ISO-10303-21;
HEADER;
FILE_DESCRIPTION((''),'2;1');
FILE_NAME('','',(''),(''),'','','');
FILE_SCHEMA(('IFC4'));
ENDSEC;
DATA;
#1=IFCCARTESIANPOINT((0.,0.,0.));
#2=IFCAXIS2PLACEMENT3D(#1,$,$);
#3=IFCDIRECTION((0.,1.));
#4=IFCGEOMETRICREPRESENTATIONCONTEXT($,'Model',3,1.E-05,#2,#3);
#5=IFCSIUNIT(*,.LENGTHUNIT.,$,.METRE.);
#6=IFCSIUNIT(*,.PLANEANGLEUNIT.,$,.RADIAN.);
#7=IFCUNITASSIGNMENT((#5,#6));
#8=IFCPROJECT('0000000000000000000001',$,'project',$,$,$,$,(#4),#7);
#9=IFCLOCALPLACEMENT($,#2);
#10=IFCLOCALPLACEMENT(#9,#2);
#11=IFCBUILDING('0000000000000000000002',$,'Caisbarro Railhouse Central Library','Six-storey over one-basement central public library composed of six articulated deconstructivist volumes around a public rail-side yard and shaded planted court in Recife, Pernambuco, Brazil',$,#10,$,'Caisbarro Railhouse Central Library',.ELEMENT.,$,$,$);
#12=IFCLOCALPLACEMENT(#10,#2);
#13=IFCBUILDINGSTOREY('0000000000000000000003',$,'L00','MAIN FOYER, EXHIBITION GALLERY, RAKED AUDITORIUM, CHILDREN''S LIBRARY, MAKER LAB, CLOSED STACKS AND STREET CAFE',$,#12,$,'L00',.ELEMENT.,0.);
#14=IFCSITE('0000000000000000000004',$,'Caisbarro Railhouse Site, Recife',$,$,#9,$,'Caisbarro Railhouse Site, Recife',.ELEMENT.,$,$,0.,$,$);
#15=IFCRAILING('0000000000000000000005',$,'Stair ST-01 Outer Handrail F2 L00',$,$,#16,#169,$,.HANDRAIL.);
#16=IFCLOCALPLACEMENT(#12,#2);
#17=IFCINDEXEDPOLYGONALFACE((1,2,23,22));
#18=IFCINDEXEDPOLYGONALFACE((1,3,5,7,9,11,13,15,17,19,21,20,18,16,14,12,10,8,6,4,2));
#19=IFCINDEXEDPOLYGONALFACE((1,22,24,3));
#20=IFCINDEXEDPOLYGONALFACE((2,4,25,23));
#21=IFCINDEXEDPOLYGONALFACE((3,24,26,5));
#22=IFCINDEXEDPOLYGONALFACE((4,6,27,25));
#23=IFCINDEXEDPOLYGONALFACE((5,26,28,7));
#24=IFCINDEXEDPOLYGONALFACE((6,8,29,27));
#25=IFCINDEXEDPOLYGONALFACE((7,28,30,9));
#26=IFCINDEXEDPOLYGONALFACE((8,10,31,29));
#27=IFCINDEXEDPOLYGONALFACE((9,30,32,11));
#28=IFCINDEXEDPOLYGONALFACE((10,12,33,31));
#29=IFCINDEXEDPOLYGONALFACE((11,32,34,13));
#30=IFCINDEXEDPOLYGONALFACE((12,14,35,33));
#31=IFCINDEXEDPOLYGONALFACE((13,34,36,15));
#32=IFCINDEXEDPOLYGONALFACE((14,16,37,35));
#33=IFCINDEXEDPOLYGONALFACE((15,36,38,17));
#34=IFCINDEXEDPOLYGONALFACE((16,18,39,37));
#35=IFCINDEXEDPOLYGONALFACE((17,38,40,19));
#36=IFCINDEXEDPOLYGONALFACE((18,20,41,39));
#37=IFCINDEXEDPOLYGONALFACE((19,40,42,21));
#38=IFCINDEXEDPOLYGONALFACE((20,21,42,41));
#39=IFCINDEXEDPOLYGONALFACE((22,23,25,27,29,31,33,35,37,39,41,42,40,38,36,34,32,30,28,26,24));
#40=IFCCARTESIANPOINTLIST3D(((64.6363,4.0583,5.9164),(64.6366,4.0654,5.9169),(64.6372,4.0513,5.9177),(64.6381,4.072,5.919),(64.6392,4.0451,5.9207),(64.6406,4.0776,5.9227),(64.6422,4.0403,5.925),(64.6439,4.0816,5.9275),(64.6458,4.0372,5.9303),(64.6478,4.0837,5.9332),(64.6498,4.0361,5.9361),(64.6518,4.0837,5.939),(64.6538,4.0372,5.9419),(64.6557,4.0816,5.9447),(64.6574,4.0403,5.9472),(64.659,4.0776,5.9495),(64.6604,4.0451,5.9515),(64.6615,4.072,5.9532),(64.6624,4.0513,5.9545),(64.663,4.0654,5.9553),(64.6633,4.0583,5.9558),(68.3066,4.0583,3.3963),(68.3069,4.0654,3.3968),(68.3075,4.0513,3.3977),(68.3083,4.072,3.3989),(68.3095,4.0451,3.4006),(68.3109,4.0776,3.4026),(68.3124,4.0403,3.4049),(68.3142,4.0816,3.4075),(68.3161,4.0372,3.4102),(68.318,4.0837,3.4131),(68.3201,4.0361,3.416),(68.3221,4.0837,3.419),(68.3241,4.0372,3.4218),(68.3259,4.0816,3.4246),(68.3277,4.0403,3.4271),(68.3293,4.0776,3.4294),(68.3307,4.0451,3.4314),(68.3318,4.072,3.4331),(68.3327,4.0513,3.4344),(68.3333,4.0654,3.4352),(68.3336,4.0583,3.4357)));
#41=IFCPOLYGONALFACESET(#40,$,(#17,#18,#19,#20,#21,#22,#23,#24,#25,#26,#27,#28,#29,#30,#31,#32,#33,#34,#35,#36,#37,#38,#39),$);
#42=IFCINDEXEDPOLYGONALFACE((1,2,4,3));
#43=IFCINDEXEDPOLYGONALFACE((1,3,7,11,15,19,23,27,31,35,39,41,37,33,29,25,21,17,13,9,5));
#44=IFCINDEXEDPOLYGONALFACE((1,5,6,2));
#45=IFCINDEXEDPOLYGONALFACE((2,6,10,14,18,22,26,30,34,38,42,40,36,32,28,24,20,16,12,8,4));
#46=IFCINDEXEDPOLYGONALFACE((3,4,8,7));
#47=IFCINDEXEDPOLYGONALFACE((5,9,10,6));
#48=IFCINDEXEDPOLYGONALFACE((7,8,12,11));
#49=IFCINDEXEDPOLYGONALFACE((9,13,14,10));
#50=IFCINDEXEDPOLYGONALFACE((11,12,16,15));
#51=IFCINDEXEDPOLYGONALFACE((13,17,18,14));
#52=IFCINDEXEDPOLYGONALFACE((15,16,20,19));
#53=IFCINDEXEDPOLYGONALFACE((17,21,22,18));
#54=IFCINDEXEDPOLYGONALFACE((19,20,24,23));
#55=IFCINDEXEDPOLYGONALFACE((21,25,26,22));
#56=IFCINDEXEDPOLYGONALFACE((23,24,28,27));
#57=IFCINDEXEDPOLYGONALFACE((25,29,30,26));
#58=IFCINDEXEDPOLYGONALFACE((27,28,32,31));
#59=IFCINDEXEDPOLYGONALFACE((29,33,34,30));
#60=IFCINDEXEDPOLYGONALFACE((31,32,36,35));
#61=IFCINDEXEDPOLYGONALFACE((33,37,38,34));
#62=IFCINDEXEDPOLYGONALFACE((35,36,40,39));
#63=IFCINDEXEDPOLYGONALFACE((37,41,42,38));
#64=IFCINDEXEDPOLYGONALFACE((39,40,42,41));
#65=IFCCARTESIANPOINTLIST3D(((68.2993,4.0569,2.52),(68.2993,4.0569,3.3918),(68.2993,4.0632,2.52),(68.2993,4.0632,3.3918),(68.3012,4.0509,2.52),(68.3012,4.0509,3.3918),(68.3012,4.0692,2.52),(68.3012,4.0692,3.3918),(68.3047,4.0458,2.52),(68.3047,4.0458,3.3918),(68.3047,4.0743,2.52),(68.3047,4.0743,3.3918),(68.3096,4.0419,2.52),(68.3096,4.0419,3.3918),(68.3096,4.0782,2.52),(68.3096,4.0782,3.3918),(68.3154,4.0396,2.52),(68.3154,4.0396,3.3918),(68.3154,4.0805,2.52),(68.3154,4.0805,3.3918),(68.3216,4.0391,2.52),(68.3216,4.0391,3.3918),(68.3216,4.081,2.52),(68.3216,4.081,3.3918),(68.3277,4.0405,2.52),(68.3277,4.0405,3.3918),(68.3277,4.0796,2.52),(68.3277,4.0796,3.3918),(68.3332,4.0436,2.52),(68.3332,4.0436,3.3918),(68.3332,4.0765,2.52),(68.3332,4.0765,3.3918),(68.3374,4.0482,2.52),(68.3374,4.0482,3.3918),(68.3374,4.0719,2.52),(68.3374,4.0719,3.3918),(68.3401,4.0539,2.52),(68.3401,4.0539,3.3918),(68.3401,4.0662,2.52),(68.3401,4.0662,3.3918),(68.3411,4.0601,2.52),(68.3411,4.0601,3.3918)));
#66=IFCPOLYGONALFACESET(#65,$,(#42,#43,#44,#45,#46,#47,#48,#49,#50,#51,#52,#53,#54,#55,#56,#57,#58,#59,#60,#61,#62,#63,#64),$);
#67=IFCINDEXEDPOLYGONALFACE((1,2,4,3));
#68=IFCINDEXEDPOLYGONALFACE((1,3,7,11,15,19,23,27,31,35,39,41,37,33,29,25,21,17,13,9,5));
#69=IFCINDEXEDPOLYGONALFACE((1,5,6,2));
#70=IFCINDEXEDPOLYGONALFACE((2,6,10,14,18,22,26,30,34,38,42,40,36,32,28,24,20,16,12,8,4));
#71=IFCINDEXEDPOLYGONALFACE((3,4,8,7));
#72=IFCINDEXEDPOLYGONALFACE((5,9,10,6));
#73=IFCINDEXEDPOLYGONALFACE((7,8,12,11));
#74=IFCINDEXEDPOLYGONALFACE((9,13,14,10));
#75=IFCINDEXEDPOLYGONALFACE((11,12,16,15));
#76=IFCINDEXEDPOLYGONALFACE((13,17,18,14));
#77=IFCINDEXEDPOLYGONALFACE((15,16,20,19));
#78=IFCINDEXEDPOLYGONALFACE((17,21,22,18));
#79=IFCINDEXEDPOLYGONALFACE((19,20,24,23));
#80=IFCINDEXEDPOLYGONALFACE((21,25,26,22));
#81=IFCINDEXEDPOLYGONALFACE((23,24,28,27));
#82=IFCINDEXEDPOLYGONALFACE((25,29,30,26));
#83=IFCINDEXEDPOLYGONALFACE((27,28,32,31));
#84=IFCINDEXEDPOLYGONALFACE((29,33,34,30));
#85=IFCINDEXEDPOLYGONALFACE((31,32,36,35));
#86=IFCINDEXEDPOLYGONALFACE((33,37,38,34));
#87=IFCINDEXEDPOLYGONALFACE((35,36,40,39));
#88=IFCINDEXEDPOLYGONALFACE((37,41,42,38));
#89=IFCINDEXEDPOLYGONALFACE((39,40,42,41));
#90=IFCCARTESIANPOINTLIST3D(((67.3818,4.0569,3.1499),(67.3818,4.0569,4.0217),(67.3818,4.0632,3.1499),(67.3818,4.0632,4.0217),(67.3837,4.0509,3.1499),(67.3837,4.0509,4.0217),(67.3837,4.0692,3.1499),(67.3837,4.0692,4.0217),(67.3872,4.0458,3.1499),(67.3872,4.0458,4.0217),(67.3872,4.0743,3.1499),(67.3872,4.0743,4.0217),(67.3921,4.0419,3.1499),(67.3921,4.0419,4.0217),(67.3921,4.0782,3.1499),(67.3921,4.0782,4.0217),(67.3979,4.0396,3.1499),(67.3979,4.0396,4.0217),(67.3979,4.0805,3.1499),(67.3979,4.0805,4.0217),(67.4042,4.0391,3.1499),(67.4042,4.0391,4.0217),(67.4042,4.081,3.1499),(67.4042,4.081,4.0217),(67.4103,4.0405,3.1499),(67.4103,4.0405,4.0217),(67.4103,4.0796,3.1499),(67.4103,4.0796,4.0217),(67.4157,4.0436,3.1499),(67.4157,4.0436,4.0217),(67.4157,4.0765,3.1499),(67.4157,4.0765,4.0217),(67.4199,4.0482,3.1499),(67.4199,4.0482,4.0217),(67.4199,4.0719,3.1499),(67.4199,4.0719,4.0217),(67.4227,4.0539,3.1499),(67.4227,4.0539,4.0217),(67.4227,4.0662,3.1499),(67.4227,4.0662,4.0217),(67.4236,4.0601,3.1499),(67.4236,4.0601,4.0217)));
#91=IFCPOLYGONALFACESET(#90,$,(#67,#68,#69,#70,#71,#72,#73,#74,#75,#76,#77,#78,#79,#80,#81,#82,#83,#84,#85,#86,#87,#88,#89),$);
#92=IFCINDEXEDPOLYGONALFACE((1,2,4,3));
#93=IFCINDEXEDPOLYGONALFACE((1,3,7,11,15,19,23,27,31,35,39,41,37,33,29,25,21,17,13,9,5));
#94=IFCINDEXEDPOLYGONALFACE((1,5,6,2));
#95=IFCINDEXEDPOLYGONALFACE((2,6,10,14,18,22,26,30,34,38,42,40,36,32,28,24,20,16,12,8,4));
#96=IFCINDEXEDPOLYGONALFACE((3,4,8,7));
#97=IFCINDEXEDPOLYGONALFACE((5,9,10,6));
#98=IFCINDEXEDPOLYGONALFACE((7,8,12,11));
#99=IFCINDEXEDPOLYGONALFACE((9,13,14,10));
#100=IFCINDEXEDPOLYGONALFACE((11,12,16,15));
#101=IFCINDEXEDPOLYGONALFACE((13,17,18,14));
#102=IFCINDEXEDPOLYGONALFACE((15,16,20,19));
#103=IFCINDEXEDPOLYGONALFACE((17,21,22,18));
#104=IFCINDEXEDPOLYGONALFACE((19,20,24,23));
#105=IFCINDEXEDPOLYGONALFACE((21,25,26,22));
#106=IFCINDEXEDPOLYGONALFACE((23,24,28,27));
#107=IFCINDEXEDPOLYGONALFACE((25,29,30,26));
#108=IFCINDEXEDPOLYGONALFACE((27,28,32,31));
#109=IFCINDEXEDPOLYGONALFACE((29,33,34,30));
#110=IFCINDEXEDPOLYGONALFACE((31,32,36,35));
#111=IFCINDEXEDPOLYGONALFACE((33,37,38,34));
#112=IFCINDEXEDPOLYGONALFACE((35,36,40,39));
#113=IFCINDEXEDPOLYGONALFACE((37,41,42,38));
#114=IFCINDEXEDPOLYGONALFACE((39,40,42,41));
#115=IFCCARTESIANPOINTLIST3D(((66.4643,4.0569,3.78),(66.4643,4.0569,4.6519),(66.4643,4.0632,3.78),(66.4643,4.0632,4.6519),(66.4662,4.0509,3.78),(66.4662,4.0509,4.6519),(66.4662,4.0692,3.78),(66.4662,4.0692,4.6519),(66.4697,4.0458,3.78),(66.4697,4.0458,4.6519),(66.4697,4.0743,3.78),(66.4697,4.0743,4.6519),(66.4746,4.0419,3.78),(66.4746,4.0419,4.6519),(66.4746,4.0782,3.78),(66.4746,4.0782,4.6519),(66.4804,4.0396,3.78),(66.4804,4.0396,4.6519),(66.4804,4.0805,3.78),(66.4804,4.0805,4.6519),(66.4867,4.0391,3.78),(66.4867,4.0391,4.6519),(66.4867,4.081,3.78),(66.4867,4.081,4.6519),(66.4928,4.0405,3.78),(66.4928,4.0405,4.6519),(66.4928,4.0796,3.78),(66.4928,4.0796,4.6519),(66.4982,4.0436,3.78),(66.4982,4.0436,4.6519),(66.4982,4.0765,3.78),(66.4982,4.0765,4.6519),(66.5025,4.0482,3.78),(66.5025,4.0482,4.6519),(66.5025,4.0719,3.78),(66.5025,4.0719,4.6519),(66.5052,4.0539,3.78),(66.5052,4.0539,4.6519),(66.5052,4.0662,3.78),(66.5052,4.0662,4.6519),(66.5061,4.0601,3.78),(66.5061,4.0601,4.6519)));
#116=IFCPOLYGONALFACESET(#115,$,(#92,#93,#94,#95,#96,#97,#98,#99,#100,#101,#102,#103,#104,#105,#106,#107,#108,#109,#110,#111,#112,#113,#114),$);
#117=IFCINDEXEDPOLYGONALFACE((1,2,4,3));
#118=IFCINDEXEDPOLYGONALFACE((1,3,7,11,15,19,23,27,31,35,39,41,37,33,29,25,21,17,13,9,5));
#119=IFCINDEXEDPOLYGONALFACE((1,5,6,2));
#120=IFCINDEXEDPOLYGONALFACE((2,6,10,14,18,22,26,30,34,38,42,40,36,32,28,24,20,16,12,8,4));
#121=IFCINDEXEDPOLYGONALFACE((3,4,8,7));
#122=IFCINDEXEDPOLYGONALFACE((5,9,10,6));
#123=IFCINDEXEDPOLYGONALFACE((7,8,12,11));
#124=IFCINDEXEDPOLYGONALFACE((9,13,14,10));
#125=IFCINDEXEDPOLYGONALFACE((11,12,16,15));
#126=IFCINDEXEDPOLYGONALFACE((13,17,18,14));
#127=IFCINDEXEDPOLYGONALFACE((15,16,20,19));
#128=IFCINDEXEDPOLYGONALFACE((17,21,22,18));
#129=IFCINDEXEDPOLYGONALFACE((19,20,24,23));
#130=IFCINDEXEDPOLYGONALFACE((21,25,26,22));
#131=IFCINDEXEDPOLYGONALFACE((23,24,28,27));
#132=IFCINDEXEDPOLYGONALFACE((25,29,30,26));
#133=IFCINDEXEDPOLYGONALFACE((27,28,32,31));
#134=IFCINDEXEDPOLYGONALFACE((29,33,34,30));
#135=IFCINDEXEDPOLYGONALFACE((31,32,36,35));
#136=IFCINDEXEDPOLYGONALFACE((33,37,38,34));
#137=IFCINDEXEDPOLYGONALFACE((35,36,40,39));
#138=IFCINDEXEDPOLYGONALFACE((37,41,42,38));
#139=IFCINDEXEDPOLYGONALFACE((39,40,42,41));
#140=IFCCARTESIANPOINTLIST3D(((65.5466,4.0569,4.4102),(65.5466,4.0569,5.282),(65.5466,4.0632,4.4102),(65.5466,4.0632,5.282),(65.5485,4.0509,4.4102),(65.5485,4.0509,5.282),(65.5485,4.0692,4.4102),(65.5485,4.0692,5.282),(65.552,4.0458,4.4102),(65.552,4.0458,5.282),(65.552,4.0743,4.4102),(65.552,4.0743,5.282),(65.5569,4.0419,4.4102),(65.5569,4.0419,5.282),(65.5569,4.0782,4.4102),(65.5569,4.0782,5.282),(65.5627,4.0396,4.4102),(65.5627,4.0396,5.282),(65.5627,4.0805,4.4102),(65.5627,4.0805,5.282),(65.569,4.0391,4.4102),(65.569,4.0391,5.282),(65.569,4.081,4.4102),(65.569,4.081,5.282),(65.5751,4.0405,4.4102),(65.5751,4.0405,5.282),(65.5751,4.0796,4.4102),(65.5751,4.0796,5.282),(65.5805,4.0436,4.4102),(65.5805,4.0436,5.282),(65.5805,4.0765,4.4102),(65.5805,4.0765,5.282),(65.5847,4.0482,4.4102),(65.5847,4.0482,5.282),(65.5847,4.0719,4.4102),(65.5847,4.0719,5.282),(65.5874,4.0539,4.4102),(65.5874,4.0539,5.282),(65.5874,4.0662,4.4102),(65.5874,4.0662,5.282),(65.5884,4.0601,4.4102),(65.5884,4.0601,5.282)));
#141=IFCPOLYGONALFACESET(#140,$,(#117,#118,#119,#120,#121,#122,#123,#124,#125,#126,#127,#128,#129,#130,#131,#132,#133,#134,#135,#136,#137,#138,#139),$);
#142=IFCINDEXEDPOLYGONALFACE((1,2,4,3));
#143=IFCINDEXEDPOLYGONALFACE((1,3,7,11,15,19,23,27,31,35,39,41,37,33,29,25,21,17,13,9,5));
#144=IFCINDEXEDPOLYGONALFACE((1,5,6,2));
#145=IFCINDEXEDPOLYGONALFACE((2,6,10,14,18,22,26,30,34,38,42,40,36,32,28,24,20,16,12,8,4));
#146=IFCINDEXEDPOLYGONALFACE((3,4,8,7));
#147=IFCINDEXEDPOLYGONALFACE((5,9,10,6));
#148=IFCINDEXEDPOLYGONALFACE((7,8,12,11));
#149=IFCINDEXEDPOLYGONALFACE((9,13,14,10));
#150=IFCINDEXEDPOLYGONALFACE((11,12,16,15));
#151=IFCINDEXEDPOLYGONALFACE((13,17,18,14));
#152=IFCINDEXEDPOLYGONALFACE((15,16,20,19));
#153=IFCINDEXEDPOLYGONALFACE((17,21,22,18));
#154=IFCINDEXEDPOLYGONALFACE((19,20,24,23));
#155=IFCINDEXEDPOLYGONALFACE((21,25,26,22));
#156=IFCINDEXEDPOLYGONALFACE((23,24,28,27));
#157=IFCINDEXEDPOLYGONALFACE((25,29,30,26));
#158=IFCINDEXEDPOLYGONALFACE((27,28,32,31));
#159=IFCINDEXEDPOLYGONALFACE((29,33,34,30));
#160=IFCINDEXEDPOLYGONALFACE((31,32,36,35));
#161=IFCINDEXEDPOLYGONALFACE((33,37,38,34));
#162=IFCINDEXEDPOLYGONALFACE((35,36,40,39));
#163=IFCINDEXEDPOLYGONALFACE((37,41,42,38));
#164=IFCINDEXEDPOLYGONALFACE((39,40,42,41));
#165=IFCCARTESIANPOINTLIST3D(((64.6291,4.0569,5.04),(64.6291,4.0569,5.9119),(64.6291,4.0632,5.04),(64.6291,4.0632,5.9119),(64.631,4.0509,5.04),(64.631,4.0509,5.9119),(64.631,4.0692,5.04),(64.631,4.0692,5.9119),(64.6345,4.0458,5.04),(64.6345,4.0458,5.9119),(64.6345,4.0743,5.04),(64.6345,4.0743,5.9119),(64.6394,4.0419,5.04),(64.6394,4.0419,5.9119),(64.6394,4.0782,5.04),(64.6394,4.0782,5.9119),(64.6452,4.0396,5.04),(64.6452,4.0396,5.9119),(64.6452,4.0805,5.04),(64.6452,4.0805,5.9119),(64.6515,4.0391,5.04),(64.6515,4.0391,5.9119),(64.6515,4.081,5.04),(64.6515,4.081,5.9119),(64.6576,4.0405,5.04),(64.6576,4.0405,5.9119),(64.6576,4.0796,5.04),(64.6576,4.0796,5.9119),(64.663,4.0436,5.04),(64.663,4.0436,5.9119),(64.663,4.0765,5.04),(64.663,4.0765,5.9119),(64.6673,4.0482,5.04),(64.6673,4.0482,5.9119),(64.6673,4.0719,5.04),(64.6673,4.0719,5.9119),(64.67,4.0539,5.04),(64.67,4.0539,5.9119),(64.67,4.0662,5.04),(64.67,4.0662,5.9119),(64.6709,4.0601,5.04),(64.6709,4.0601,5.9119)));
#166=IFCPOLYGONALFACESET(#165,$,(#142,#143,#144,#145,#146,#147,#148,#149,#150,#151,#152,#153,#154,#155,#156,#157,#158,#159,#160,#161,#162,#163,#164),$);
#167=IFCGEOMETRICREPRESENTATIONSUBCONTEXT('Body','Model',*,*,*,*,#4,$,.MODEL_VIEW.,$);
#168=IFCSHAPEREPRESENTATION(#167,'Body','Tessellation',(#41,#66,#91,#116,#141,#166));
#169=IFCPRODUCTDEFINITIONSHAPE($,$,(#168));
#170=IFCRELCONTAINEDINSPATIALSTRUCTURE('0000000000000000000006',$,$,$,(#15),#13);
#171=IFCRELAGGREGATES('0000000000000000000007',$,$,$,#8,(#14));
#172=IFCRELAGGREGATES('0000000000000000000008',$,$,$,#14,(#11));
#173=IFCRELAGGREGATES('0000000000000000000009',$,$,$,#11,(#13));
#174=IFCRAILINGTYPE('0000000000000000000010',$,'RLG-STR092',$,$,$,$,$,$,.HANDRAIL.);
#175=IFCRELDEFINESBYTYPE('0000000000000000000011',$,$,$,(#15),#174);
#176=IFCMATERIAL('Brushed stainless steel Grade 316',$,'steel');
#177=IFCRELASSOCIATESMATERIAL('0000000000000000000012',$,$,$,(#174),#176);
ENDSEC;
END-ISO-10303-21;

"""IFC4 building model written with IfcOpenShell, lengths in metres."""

from ifc_helpers import new_model, si_unit, direction, frame, origin, origin_2d, place, context, subcontext, project, spatial, circle, extrude, material, type_object, element, save


model = new_model("IFC4")

# Units and contexts
model_context = context("Model", 3, precision=1e-05, world=origin(), true_north=direction((0.0, 1.0)))
body_context = subcontext(model_context, "Body", "Model", "MODEL_VIEW")
ifc_project = project(units=[si_unit("LENGTHUNIT", "METRE"), si_unit("PLANEANGLEUNIT", "RADIAN")], contexts=[model_context])

# Site, building, storey
site_placement = place(None, origin())
site = spatial("IfcSite", under=ifc_project, at=site_placement, Name="Caisbarro Railhouse Site, Recife", LongName="Caisbarro Railhouse Site, Recife", CompositionType="ELEMENT", RefElevation=0.0)
building_placement = place(site_placement, origin())
building = spatial("IfcBuilding", under=site, at=building_placement, Name="Caisbarro Railhouse Central Library", Description="Six-storey over one-basement central public library composed of six articulated deconstructivist volumes around a public rail-side yard and shaded planted court in Recife, Pernambuco, Brazil", LongName="Caisbarro Railhouse Central Library", CompositionType="ELEMENT")
storey_placement = place(building_placement, origin())
storey = spatial("IfcBuildingStorey", under=building, at=storey_placement, Name="L00", Description="MAIN FOYER, EXHIBITION GALLERY, RAKED AUDITORIUM, CHILDREN'S LIBRARY, MAKER LAB, CLOSED STACKS AND STREET CAFE", LongName="L00", CompositionType="ELEMENT", Elevation=0.0)

# Railing
ifc_material_1 = material(Name="Brushed stainless steel Grade 316", Category="steel")
railing_type_1 = type_object("IfcRailingType", Name="RLG-STR092", PredefinedType="HANDRAIL", material=ifc_material_1)
railing_1_placement = place(storey_placement, frame((68.3201, 4.0601, 2.52)))
element("IfcRailing", 1, at=railing_1_placement, inside=storey, type_object=railing_type_1, Name="Stair ST-01 Outer Handrail F2 L00", PredefinedType="HANDRAIL", context=body_context, shape_type="SweptSolid", body=[
    extrude(circle(Radius=0.0239, at=origin_2d()), frame((0.0, 0.0, 0.896), z_axis=(-0.824379, 0.0, 0.566038), x_axis=(0.0, -1.0, 0.0)), (0.0, 0.0, 1.0), 4.4521),
    extrude(circle(Radius=0.021, at=origin_2d()), origin(), (0.0, 0.0, 1.0), 0.8718),
    extrude(circle(Radius=0.021, at=origin_2d()), frame((-0.9175, 0.0, 0.6299)), (0.0, 0.0, 1.0), 0.8718),
    extrude(circle(Radius=0.021, at=origin_2d()), frame((-1.835, 0.0, 1.26)), (0.0, 0.0, 1.0), 0.8718),
    extrude(circle(Radius=0.021, at=origin_2d()), frame((-2.7527, 0.0, 1.8901)), (0.0, 0.0, 1.0), 0.8718),
    extrude(circle(Radius=0.021, at=origin_2d()), frame((-3.6702, 0.0, 2.52)), (0.0, 0.0, 1.0), 0.8718),
])

save(model, "model.ifc")
